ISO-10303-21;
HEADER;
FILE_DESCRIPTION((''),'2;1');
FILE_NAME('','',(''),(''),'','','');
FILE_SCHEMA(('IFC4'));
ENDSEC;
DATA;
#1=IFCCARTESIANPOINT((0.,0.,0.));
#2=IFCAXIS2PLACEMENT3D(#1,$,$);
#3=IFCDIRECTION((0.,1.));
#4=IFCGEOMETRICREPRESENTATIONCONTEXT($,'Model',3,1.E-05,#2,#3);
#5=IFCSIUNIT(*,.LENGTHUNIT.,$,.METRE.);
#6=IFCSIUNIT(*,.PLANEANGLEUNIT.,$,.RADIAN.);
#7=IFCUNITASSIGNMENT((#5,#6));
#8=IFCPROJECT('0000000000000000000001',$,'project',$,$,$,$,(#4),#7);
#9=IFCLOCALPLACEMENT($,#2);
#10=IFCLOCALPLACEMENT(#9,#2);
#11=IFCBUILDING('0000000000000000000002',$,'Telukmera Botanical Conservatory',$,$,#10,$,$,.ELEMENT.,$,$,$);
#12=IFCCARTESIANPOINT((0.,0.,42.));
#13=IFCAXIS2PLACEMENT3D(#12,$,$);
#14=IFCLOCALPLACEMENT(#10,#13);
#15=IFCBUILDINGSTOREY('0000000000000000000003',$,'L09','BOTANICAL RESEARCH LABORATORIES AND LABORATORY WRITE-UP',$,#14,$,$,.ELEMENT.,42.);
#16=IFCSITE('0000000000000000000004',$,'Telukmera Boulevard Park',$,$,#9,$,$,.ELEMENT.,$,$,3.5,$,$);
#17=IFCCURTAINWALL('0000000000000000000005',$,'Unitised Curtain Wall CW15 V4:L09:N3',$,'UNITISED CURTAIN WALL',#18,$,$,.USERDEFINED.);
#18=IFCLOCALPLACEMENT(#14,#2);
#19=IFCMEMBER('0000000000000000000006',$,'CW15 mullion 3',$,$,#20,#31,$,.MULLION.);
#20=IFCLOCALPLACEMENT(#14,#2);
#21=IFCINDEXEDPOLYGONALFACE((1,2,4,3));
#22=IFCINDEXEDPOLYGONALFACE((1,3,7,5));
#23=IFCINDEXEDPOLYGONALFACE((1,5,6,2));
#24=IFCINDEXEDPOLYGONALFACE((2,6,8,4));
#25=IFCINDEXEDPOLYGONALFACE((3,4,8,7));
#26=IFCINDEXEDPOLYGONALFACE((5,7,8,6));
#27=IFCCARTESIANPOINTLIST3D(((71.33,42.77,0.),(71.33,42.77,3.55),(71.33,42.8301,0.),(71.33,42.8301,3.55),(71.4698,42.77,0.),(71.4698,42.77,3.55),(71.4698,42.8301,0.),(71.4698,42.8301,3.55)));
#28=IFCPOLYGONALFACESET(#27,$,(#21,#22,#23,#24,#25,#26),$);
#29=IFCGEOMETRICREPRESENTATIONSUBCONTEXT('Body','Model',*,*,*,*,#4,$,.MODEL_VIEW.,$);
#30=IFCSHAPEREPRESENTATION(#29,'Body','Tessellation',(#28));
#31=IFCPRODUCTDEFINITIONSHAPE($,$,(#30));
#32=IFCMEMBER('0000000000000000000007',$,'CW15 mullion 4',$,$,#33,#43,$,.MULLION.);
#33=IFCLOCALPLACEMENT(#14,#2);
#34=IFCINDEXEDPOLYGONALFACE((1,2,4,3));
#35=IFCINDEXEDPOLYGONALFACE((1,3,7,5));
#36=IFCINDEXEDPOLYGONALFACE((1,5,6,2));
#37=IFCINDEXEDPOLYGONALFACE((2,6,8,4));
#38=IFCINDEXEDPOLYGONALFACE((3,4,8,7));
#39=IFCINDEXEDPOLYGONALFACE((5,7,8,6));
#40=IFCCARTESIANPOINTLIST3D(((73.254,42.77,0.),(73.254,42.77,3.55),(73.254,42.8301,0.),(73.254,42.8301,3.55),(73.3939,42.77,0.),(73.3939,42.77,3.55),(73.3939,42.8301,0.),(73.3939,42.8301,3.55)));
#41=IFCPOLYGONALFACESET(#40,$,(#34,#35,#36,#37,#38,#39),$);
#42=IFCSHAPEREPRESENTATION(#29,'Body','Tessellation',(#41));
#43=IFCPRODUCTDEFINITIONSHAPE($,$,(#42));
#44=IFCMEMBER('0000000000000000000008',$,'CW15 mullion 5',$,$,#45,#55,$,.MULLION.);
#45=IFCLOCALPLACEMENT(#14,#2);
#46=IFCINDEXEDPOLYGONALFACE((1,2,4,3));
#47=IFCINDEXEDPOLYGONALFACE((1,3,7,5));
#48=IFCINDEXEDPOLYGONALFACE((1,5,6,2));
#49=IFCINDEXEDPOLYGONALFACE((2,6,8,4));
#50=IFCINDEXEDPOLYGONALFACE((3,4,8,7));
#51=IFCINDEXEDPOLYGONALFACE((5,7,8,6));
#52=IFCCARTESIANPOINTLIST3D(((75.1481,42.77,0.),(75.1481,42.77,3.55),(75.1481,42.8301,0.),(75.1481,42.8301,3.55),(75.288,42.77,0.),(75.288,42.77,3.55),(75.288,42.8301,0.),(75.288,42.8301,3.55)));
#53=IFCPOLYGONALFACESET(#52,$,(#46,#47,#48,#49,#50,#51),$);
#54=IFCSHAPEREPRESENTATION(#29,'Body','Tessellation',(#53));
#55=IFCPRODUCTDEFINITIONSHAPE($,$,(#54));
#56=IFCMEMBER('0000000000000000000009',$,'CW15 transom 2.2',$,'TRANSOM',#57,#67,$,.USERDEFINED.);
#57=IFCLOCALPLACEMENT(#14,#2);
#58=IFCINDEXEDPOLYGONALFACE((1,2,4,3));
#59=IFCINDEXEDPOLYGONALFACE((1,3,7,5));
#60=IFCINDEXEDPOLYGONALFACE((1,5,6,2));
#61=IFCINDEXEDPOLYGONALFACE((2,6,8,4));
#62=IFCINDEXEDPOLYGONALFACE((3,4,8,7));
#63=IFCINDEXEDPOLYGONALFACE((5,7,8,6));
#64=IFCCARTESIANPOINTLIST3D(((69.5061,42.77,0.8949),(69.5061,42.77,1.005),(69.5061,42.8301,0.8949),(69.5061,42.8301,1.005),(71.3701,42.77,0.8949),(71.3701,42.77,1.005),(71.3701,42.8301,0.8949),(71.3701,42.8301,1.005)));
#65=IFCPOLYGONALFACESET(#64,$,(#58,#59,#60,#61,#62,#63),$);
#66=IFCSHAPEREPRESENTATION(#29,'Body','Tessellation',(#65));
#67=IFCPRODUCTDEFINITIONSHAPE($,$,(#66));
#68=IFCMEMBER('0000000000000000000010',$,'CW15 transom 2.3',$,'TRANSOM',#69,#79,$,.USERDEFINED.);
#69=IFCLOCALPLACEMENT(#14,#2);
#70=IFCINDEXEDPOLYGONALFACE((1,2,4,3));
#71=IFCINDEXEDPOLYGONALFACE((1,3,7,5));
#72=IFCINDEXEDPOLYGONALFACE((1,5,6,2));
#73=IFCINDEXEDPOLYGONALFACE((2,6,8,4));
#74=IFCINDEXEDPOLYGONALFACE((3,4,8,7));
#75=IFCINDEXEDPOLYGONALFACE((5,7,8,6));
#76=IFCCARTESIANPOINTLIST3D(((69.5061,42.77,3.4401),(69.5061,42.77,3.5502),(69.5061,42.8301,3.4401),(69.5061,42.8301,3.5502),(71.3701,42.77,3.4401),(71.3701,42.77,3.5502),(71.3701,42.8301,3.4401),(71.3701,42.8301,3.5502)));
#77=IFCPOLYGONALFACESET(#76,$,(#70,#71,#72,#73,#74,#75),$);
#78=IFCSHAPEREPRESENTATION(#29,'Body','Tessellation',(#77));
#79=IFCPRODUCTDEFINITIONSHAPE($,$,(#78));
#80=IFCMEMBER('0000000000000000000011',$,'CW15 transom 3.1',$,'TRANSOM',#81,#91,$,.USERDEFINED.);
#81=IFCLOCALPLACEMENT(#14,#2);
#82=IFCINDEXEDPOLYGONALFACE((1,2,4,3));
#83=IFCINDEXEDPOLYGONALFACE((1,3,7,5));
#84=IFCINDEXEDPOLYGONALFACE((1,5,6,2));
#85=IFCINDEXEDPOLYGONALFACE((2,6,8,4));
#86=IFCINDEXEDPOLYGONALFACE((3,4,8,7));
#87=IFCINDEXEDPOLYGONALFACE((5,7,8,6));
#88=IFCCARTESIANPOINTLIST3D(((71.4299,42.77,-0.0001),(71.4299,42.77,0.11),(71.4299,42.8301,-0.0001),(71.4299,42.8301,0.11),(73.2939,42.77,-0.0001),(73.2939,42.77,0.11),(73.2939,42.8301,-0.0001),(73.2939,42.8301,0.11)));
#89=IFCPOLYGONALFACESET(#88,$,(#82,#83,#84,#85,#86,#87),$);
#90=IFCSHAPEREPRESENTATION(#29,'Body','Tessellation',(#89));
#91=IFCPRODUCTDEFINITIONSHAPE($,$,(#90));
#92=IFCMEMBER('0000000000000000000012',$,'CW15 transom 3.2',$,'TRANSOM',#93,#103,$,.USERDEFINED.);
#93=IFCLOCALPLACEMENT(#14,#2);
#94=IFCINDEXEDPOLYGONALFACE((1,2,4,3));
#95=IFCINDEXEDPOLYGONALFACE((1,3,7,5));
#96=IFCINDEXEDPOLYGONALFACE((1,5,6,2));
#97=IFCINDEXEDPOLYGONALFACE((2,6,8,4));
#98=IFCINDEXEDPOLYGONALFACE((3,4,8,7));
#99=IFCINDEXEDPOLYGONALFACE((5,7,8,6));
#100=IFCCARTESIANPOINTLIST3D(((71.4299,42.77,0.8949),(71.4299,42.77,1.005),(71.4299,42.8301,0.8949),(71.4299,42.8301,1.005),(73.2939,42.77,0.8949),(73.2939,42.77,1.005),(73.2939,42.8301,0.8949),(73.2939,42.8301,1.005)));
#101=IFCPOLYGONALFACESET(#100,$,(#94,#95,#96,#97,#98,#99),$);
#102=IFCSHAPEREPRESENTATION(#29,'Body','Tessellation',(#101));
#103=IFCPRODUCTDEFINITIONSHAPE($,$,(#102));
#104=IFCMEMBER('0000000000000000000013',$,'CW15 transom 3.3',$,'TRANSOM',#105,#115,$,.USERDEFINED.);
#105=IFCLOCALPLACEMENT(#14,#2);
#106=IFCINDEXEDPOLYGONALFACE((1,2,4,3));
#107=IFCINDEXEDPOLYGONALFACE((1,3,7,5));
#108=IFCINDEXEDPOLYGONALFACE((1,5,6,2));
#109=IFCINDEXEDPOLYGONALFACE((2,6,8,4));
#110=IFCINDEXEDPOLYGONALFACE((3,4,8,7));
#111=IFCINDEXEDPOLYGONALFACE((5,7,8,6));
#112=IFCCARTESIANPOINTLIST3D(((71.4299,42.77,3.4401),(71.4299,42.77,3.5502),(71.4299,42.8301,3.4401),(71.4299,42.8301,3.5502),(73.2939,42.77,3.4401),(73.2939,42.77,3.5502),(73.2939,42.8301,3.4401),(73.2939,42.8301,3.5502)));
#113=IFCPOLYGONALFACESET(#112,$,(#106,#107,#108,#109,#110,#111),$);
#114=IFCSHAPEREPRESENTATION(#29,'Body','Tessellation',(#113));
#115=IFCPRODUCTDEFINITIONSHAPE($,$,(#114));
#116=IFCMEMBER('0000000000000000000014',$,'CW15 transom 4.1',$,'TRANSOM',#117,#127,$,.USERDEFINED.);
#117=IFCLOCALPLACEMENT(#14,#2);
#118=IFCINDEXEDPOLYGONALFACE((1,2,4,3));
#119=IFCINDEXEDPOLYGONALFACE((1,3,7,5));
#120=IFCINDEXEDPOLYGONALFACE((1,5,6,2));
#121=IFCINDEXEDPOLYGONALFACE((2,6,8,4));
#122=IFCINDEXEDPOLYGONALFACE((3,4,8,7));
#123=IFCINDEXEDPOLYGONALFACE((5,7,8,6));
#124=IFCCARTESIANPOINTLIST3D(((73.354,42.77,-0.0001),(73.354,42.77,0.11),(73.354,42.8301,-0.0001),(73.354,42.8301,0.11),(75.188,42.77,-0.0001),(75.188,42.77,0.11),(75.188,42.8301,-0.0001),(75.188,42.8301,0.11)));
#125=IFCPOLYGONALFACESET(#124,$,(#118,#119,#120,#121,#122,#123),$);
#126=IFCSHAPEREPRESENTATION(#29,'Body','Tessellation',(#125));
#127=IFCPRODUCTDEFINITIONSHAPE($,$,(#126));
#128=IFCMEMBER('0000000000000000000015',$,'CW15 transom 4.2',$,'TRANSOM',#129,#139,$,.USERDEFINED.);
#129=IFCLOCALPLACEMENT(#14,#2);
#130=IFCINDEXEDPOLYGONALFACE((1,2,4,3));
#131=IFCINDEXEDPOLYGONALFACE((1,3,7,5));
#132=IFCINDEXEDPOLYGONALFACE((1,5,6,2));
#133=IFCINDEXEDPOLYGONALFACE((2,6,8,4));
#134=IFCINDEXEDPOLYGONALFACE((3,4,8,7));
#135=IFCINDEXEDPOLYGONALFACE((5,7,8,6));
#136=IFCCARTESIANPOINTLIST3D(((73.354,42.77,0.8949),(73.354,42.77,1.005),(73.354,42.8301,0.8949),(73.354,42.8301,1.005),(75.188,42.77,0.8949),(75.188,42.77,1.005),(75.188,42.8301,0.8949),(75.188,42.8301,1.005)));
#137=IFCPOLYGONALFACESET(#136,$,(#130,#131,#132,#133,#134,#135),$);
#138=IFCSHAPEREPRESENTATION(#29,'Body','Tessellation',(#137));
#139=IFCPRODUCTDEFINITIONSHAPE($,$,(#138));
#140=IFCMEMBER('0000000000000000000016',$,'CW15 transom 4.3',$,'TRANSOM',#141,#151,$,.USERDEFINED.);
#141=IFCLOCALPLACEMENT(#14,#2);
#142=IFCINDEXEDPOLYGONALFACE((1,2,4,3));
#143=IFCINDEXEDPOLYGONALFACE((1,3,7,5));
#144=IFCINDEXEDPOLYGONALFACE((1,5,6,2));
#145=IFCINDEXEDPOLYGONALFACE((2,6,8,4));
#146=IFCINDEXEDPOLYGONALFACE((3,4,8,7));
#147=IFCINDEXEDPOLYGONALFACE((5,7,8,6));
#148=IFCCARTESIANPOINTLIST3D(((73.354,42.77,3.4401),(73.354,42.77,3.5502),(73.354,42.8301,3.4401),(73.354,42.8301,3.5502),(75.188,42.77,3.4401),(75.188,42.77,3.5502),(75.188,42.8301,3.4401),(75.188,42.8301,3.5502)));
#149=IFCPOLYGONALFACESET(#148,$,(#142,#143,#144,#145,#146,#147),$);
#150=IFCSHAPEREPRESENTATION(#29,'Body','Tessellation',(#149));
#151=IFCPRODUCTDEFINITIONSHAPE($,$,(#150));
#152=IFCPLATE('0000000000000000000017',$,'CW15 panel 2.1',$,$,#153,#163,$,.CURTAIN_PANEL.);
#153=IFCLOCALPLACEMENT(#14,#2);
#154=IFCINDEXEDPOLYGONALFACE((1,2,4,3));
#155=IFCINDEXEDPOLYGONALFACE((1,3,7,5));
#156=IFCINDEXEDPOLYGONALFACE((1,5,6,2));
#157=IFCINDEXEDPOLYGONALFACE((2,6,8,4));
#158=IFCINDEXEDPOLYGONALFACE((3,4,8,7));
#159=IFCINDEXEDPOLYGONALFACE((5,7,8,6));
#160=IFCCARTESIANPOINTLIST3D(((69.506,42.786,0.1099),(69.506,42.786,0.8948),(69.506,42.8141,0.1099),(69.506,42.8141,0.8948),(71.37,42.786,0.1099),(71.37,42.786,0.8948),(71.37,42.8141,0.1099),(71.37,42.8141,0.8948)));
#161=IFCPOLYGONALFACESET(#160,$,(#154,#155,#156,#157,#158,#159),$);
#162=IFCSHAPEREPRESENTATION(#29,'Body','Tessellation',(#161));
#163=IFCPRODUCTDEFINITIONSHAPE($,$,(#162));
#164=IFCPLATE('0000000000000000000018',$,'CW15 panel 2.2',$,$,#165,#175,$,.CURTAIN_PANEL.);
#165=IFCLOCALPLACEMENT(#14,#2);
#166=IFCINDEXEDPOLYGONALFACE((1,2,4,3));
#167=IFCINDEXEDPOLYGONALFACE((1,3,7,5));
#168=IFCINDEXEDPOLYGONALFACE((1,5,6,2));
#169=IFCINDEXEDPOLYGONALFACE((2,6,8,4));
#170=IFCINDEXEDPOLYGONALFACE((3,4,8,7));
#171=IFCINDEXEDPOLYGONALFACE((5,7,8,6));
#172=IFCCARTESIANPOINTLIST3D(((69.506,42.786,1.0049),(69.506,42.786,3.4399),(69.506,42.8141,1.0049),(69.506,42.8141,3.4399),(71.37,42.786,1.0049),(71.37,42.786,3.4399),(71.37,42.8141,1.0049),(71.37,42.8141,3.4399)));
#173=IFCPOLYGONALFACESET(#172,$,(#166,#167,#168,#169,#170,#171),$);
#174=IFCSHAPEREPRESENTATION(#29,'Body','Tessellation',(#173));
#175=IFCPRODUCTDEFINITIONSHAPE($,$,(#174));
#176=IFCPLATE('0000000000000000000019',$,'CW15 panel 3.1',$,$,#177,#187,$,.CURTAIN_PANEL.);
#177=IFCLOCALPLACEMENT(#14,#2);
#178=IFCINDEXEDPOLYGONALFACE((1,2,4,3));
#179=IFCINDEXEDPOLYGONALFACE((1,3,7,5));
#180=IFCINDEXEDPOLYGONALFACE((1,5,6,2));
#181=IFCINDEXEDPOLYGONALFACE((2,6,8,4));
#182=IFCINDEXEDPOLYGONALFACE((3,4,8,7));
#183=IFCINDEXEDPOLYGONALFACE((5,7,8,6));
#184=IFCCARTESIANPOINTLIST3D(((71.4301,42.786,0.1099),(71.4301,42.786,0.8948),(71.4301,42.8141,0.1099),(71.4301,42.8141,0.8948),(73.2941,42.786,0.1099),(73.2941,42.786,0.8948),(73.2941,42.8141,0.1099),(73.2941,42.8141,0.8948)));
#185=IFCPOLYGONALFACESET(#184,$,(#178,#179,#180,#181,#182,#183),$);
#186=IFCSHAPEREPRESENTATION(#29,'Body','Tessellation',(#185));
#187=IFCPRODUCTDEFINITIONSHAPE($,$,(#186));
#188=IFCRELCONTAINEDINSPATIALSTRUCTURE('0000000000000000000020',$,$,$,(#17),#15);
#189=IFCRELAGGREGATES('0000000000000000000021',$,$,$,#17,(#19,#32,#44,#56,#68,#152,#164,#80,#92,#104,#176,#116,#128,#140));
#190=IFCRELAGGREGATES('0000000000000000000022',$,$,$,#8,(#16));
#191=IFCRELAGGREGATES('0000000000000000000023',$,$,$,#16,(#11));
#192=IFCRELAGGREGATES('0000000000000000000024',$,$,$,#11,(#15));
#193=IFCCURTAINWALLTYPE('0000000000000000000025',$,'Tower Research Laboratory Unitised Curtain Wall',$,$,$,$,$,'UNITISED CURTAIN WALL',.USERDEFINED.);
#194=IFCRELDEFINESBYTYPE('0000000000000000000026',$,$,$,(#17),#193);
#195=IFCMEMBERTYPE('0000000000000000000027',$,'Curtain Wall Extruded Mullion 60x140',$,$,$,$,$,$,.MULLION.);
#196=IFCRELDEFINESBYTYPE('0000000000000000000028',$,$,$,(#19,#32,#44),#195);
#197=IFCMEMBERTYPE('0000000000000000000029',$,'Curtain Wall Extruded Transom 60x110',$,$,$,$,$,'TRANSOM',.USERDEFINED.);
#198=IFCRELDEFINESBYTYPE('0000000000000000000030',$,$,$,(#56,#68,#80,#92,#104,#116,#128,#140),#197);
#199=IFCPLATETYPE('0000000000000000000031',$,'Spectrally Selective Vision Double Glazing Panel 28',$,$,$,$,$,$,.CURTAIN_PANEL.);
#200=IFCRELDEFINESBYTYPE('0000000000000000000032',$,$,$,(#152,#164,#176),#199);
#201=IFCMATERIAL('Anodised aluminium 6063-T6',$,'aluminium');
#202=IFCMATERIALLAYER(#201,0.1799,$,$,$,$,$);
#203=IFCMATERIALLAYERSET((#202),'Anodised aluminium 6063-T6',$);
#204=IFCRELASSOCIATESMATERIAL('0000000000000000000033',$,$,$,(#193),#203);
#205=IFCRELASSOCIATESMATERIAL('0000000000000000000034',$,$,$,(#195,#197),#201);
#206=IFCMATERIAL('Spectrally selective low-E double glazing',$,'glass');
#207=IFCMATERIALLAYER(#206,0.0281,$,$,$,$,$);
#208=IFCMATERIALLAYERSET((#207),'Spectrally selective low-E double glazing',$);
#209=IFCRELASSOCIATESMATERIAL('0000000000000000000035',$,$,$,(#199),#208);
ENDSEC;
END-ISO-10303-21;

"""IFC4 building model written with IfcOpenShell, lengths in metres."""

from ifc_helpers import new_model, si_unit, direction, frame, origin, origin_2d, place, context, subcontext, project, spatial, rectangle, extrude, material, layer, layer_set, material_profile, profile_set, type_object, element, aggregate, save


model = new_model("IFC4")

# Units and contexts
model_context = context("Model", 3, precision=1e-05, world=origin(), true_north=direction((0.0, 1.0)))
body_context = subcontext(model_context, "Body", "Model", "MODEL_VIEW")
ifc_project = project(units=[si_unit("LENGTHUNIT", "METRE"), si_unit("PLANEANGLEUNIT", "RADIAN")], contexts=[model_context])

# Site, building, storey
site_placement = place(None, origin())
site = spatial("IfcSite", under=ifc_project, at=site_placement, Name="Telukmera Boulevard Park", CompositionType="ELEMENT", RefElevation=3.5)
building_placement = place(site_placement, origin())
building = spatial("IfcBuilding", under=site, at=building_placement, Name="Telukmera Botanical Conservatory", CompositionType="ELEMENT")
storey_placement = place(building_placement, frame((0.0, 0.0, 42.0)))
storey = spatial("IfcBuildingStorey", under=building, at=storey_placement, Name="L09", Description="BOTANICAL RESEARCH LABORATORIES AND LABORATORY WRITE-UP", CompositionType="ELEMENT", Elevation=42.0)

# Curtain wall, members, plates
ifc_material_1 = material(Name="Anodised aluminium 6063-T6", Category="aluminium")
ifc_layer_1 = layer(ifc_material_1, 0.1799)
ifc_layer_set_1 = layer_set([ifc_layer_1], Name="Anodised aluminium 6063-T6")
curtain_wall_type = type_object("IfcCurtainWallType", Name="Tower Research Laboratory Unitised Curtain Wall", ElementType="UNITISED CURTAIN WALL", PredefinedType="USERDEFINED", material=ifc_layer_set_1)
curtain_wall_placement = place(storey_placement, origin())
curtain_wall = element("IfcCurtainWall", 1, at=curtain_wall_placement, inside=storey, type_object=curtain_wall_type, Name="Unitised Curtain Wall CW15 V4:L09:N3", ObjectType="UNITISED CURTAIN WALL", PredefinedType="USERDEFINED")
ifc_material_profile_1 = material_profile(ifc_material_1, rectangle(XDim=0.0601, YDim=0.1399, at=origin_2d()), Name="ALU MULL 60x140")
ifc_profile_set_1 = profile_set([ifc_material_profile_1], Name="Anodised aluminium 6063-T6")
member_type_1 = type_object("IfcMemberType", Name="Curtain Wall Extruded Mullion 60x140", PredefinedType="MULLION", material=ifc_profile_set_1)
member_1_placement = place(storey_placement, frame((71.3999, 42.8, 0.0), z_axis=(0.0, 0.0, 1.0), x_axis=(0.0, 1.0, 0.0)))
member_1 = element("IfcMember", 2, at=member_1_placement, type_object=member_type_1, Name="CW15 mullion 3", PredefinedType="MULLION", context=body_context, shape_type="SweptSolid", body=[
    extrude(rectangle(XDim=0.0601, YDim=0.1399, at=origin_2d()), origin(), (0.0, 0.0, 1.0), 3.55),
])
member_2_placement = place(storey_placement, frame((73.324, 42.8, 0.0), z_axis=(0.0, 0.0, 1.0), x_axis=(0.0, 1.0, 0.0)))
member_2 = element("IfcMember", 3, at=member_2_placement, type_object=member_type_1, Name="CW15 mullion 4", PredefinedType="MULLION", context=body_context, shape_type="SweptSolid", body=[
    extrude(rectangle(XDim=0.0601, YDim=0.1399, at=origin_2d()), origin(), (0.0, 0.0, 1.0), 3.55),
])
member_3_placement = place(storey_placement, frame((75.218, 42.8, 0.0), z_axis=(0.0, 0.0, 1.0), x_axis=(0.0, 1.0, 0.0)))
member_3 = element("IfcMember", 4, at=member_3_placement, type_object=member_type_1, Name="CW15 mullion 5", PredefinedType="MULLION", context=body_context, shape_type="SweptSolid", body=[
    extrude(rectangle(XDim=0.0601, YDim=0.1399, at=origin_2d()), origin(), (0.0, 0.0, 1.0), 3.55),
])
ifc_material_profile_2 = material_profile(ifc_material_1, rectangle(XDim=0.0601, YDim=0.1101, at=origin_2d()), Name="ALU TRAN 60x110")
ifc_profile_set_2 = profile_set([ifc_material_profile_2], Name="Anodised aluminium 6063-T6")
member_type_2 = type_object("IfcMemberType", Name="Curtain Wall Extruded Transom 60x110", ElementType="TRANSOM", PredefinedType="USERDEFINED", material=ifc_profile_set_2)
member_4_placement = place(storey_placement, frame((69.5061, 42.8, 0.95), z_axis=(1.0, 0.0, 0.0), x_axis=(0.0, 1.0, 0.0)))
member_4 = element("IfcMember", 5, at=member_4_placement, type_object=member_type_2, Name="CW15 transom 2.2", ObjectType="TRANSOM", PredefinedType="USERDEFINED", context=body_context, shape_type="SweptSolid", body=[
    extrude(rectangle(XDim=0.0601, YDim=0.1101, at=origin_2d()), origin(), (0.0, 0.0, 1.0), 1.864),
])
member_5_placement = place(storey_placement, frame((69.5061, 42.8, 3.4951), z_axis=(1.0, 0.0, 0.0), x_axis=(0.0, 1.0, 0.0)))
member_5 = element("IfcMember", 6, at=member_5_placement, type_object=member_type_2, Name="CW15 transom 2.3", ObjectType="TRANSOM", PredefinedType="USERDEFINED", context=body_context, shape_type="SweptSolid", body=[
    extrude(rectangle(XDim=0.0601, YDim=0.1101, at=origin_2d()), origin(), (0.0, 0.0, 1.0), 1.864),
])
member_6_placement = place(storey_placement, frame((71.4299, 42.8, 0.0549), z_axis=(1.0, 0.0, 0.0), x_axis=(0.0, 1.0, 0.0)))
member_6 = element("IfcMember", 7, at=member_6_placement, type_object=member_type_2, Name="CW15 transom 3.1", ObjectType="TRANSOM", PredefinedType="USERDEFINED", context=body_context, shape_type="SweptSolid", body=[
    extrude(rectangle(XDim=0.0601, YDim=0.1101, at=origin_2d()), origin(), (0.0, 0.0, 1.0), 1.864),
])
member_7_placement = place(storey_placement, frame((71.4299, 42.8, 0.95), z_axis=(1.0, 0.0, 0.0), x_axis=(0.0, 1.0, 0.0)))
member_7 = element("IfcMember", 8, at=member_7_placement, type_object=member_type_2, Name="CW15 transom 3.2", ObjectType="TRANSOM", PredefinedType="USERDEFINED", context=body_context, shape_type="SweptSolid", body=[
    extrude(rectangle(XDim=0.0601, YDim=0.1101, at=origin_2d()), origin(), (0.0, 0.0, 1.0), 1.864),
])
member_8_placement = place(storey_placement, frame((71.4299, 42.8, 3.4951), z_axis=(1.0, 0.0, 0.0), x_axis=(0.0, 1.0, 0.0)))
member_8 = element("IfcMember", 9, at=member_8_placement, type_object=member_type_2, Name="CW15 transom 3.3", ObjectType="TRANSOM", PredefinedType="USERDEFINED", context=body_context, shape_type="SweptSolid", body=[
    extrude(rectangle(XDim=0.0601, YDim=0.1101, at=origin_2d()), origin(), (0.0, 0.0, 1.0), 1.864),
])
member_9_placement = place(storey_placement, frame((73.354, 42.8, 0.0549), z_axis=(1.0, 0.0, 0.0), x_axis=(0.0, 1.0, 0.0)))
member_9 = element("IfcMember", 10, at=member_9_placement, type_object=member_type_2, Name="CW15 transom 4.1", ObjectType="TRANSOM", PredefinedType="USERDEFINED", context=body_context, shape_type="SweptSolid", body=[
    extrude(rectangle(XDim=0.0601, YDim=0.1101, at=origin_2d()), origin(), (0.0, 0.0, 1.0), 1.834),
])
member_10_placement = place(storey_placement, frame((73.354, 42.8, 0.95), z_axis=(1.0, 0.0, 0.0), x_axis=(0.0, 1.0, 0.0)))
member_10 = element("IfcMember", 11, at=member_10_placement, type_object=member_type_2, Name="CW15 transom 4.2", ObjectType="TRANSOM", PredefinedType="USERDEFINED", context=body_context, shape_type="SweptSolid", body=[
    extrude(rectangle(XDim=0.0601, YDim=0.1101, at=origin_2d()), origin(), (0.0, 0.0, 1.0), 1.834),
])
member_11_placement = place(storey_placement, frame((73.354, 42.8, 3.4951), z_axis=(1.0, 0.0, 0.0), x_axis=(0.0, 1.0, 0.0)))
member_11 = element("IfcMember", 12, at=member_11_placement, type_object=member_type_2, Name="CW15 transom 4.3", ObjectType="TRANSOM", PredefinedType="USERDEFINED", context=body_context, shape_type="SweptSolid", body=[
    extrude(rectangle(XDim=0.0601, YDim=0.1101, at=origin_2d()), origin(), (0.0, 0.0, 1.0), 1.834),
])
ifc_material_2 = material(Name="Spectrally selective low-E double glazing", Category="glass")
ifc_layer_2 = layer(ifc_material_2, 0.0281)
ifc_layer_set_2 = layer_set([ifc_layer_2], Name="Spectrally selective low-E double glazing")
plate_type = type_object("IfcPlateType", Name="Spectrally Selective Vision Double Glazing Panel 28", PredefinedType="CURTAIN_PANEL", material=ifc_layer_set_2)
plate_1_placement = place(storey_placement, frame((70.438, 42.8, 0.1099), z_axis=(0.0, 0.0, 1.0), x_axis=(1.0, 0.0, 0.0)))
plate_1 = element("IfcPlate", 13, at=plate_1_placement, type_object=plate_type, Name="CW15 panel 2.1", PredefinedType="CURTAIN_PANEL", context=body_context, shape_type="SweptSolid", body=[
    extrude(rectangle(XDim=1.864, YDim=0.0281, at=origin_2d()), origin(), (0.0, 0.0, 1.0), 0.7849),
])
plate_2_placement = place(storey_placement, frame((70.438, 42.8, 1.0049), z_axis=(0.0, 0.0, 1.0), x_axis=(1.0, 0.0, 0.0)))
plate_2 = element("IfcPlate", 14, at=plate_2_placement, type_object=plate_type, Name="CW15 panel 2.2", PredefinedType="CURTAIN_PANEL", context=body_context, shape_type="SweptSolid", body=[
    extrude(rectangle(XDim=1.864, YDim=0.0281, at=origin_2d()), origin(), (0.0, 0.0, 1.0), 2.4351),
])
plate_3_placement = place(storey_placement, frame((72.3621, 42.8, 0.1099), z_axis=(0.0, 0.0, 1.0), x_axis=(1.0, 0.0, 0.0)))
plate_3 = element("IfcPlate", 15, at=plate_3_placement, type_object=plate_type, Name="CW15 panel 3.1", PredefinedType="CURTAIN_PANEL", context=body_context, shape_type="SweptSolid", body=[
    extrude(rectangle(XDim=1.864, YDim=0.0281, at=origin_2d()), origin(), (0.0, 0.0, 1.0), 0.7849),
])
aggregate(curtain_wall, [member_1, member_2, member_3, member_4, member_5, plate_1, plate_2, member_6, member_7, member_8, plate_3, member_9, member_10, member_11])

save(model, "model.ifc")
